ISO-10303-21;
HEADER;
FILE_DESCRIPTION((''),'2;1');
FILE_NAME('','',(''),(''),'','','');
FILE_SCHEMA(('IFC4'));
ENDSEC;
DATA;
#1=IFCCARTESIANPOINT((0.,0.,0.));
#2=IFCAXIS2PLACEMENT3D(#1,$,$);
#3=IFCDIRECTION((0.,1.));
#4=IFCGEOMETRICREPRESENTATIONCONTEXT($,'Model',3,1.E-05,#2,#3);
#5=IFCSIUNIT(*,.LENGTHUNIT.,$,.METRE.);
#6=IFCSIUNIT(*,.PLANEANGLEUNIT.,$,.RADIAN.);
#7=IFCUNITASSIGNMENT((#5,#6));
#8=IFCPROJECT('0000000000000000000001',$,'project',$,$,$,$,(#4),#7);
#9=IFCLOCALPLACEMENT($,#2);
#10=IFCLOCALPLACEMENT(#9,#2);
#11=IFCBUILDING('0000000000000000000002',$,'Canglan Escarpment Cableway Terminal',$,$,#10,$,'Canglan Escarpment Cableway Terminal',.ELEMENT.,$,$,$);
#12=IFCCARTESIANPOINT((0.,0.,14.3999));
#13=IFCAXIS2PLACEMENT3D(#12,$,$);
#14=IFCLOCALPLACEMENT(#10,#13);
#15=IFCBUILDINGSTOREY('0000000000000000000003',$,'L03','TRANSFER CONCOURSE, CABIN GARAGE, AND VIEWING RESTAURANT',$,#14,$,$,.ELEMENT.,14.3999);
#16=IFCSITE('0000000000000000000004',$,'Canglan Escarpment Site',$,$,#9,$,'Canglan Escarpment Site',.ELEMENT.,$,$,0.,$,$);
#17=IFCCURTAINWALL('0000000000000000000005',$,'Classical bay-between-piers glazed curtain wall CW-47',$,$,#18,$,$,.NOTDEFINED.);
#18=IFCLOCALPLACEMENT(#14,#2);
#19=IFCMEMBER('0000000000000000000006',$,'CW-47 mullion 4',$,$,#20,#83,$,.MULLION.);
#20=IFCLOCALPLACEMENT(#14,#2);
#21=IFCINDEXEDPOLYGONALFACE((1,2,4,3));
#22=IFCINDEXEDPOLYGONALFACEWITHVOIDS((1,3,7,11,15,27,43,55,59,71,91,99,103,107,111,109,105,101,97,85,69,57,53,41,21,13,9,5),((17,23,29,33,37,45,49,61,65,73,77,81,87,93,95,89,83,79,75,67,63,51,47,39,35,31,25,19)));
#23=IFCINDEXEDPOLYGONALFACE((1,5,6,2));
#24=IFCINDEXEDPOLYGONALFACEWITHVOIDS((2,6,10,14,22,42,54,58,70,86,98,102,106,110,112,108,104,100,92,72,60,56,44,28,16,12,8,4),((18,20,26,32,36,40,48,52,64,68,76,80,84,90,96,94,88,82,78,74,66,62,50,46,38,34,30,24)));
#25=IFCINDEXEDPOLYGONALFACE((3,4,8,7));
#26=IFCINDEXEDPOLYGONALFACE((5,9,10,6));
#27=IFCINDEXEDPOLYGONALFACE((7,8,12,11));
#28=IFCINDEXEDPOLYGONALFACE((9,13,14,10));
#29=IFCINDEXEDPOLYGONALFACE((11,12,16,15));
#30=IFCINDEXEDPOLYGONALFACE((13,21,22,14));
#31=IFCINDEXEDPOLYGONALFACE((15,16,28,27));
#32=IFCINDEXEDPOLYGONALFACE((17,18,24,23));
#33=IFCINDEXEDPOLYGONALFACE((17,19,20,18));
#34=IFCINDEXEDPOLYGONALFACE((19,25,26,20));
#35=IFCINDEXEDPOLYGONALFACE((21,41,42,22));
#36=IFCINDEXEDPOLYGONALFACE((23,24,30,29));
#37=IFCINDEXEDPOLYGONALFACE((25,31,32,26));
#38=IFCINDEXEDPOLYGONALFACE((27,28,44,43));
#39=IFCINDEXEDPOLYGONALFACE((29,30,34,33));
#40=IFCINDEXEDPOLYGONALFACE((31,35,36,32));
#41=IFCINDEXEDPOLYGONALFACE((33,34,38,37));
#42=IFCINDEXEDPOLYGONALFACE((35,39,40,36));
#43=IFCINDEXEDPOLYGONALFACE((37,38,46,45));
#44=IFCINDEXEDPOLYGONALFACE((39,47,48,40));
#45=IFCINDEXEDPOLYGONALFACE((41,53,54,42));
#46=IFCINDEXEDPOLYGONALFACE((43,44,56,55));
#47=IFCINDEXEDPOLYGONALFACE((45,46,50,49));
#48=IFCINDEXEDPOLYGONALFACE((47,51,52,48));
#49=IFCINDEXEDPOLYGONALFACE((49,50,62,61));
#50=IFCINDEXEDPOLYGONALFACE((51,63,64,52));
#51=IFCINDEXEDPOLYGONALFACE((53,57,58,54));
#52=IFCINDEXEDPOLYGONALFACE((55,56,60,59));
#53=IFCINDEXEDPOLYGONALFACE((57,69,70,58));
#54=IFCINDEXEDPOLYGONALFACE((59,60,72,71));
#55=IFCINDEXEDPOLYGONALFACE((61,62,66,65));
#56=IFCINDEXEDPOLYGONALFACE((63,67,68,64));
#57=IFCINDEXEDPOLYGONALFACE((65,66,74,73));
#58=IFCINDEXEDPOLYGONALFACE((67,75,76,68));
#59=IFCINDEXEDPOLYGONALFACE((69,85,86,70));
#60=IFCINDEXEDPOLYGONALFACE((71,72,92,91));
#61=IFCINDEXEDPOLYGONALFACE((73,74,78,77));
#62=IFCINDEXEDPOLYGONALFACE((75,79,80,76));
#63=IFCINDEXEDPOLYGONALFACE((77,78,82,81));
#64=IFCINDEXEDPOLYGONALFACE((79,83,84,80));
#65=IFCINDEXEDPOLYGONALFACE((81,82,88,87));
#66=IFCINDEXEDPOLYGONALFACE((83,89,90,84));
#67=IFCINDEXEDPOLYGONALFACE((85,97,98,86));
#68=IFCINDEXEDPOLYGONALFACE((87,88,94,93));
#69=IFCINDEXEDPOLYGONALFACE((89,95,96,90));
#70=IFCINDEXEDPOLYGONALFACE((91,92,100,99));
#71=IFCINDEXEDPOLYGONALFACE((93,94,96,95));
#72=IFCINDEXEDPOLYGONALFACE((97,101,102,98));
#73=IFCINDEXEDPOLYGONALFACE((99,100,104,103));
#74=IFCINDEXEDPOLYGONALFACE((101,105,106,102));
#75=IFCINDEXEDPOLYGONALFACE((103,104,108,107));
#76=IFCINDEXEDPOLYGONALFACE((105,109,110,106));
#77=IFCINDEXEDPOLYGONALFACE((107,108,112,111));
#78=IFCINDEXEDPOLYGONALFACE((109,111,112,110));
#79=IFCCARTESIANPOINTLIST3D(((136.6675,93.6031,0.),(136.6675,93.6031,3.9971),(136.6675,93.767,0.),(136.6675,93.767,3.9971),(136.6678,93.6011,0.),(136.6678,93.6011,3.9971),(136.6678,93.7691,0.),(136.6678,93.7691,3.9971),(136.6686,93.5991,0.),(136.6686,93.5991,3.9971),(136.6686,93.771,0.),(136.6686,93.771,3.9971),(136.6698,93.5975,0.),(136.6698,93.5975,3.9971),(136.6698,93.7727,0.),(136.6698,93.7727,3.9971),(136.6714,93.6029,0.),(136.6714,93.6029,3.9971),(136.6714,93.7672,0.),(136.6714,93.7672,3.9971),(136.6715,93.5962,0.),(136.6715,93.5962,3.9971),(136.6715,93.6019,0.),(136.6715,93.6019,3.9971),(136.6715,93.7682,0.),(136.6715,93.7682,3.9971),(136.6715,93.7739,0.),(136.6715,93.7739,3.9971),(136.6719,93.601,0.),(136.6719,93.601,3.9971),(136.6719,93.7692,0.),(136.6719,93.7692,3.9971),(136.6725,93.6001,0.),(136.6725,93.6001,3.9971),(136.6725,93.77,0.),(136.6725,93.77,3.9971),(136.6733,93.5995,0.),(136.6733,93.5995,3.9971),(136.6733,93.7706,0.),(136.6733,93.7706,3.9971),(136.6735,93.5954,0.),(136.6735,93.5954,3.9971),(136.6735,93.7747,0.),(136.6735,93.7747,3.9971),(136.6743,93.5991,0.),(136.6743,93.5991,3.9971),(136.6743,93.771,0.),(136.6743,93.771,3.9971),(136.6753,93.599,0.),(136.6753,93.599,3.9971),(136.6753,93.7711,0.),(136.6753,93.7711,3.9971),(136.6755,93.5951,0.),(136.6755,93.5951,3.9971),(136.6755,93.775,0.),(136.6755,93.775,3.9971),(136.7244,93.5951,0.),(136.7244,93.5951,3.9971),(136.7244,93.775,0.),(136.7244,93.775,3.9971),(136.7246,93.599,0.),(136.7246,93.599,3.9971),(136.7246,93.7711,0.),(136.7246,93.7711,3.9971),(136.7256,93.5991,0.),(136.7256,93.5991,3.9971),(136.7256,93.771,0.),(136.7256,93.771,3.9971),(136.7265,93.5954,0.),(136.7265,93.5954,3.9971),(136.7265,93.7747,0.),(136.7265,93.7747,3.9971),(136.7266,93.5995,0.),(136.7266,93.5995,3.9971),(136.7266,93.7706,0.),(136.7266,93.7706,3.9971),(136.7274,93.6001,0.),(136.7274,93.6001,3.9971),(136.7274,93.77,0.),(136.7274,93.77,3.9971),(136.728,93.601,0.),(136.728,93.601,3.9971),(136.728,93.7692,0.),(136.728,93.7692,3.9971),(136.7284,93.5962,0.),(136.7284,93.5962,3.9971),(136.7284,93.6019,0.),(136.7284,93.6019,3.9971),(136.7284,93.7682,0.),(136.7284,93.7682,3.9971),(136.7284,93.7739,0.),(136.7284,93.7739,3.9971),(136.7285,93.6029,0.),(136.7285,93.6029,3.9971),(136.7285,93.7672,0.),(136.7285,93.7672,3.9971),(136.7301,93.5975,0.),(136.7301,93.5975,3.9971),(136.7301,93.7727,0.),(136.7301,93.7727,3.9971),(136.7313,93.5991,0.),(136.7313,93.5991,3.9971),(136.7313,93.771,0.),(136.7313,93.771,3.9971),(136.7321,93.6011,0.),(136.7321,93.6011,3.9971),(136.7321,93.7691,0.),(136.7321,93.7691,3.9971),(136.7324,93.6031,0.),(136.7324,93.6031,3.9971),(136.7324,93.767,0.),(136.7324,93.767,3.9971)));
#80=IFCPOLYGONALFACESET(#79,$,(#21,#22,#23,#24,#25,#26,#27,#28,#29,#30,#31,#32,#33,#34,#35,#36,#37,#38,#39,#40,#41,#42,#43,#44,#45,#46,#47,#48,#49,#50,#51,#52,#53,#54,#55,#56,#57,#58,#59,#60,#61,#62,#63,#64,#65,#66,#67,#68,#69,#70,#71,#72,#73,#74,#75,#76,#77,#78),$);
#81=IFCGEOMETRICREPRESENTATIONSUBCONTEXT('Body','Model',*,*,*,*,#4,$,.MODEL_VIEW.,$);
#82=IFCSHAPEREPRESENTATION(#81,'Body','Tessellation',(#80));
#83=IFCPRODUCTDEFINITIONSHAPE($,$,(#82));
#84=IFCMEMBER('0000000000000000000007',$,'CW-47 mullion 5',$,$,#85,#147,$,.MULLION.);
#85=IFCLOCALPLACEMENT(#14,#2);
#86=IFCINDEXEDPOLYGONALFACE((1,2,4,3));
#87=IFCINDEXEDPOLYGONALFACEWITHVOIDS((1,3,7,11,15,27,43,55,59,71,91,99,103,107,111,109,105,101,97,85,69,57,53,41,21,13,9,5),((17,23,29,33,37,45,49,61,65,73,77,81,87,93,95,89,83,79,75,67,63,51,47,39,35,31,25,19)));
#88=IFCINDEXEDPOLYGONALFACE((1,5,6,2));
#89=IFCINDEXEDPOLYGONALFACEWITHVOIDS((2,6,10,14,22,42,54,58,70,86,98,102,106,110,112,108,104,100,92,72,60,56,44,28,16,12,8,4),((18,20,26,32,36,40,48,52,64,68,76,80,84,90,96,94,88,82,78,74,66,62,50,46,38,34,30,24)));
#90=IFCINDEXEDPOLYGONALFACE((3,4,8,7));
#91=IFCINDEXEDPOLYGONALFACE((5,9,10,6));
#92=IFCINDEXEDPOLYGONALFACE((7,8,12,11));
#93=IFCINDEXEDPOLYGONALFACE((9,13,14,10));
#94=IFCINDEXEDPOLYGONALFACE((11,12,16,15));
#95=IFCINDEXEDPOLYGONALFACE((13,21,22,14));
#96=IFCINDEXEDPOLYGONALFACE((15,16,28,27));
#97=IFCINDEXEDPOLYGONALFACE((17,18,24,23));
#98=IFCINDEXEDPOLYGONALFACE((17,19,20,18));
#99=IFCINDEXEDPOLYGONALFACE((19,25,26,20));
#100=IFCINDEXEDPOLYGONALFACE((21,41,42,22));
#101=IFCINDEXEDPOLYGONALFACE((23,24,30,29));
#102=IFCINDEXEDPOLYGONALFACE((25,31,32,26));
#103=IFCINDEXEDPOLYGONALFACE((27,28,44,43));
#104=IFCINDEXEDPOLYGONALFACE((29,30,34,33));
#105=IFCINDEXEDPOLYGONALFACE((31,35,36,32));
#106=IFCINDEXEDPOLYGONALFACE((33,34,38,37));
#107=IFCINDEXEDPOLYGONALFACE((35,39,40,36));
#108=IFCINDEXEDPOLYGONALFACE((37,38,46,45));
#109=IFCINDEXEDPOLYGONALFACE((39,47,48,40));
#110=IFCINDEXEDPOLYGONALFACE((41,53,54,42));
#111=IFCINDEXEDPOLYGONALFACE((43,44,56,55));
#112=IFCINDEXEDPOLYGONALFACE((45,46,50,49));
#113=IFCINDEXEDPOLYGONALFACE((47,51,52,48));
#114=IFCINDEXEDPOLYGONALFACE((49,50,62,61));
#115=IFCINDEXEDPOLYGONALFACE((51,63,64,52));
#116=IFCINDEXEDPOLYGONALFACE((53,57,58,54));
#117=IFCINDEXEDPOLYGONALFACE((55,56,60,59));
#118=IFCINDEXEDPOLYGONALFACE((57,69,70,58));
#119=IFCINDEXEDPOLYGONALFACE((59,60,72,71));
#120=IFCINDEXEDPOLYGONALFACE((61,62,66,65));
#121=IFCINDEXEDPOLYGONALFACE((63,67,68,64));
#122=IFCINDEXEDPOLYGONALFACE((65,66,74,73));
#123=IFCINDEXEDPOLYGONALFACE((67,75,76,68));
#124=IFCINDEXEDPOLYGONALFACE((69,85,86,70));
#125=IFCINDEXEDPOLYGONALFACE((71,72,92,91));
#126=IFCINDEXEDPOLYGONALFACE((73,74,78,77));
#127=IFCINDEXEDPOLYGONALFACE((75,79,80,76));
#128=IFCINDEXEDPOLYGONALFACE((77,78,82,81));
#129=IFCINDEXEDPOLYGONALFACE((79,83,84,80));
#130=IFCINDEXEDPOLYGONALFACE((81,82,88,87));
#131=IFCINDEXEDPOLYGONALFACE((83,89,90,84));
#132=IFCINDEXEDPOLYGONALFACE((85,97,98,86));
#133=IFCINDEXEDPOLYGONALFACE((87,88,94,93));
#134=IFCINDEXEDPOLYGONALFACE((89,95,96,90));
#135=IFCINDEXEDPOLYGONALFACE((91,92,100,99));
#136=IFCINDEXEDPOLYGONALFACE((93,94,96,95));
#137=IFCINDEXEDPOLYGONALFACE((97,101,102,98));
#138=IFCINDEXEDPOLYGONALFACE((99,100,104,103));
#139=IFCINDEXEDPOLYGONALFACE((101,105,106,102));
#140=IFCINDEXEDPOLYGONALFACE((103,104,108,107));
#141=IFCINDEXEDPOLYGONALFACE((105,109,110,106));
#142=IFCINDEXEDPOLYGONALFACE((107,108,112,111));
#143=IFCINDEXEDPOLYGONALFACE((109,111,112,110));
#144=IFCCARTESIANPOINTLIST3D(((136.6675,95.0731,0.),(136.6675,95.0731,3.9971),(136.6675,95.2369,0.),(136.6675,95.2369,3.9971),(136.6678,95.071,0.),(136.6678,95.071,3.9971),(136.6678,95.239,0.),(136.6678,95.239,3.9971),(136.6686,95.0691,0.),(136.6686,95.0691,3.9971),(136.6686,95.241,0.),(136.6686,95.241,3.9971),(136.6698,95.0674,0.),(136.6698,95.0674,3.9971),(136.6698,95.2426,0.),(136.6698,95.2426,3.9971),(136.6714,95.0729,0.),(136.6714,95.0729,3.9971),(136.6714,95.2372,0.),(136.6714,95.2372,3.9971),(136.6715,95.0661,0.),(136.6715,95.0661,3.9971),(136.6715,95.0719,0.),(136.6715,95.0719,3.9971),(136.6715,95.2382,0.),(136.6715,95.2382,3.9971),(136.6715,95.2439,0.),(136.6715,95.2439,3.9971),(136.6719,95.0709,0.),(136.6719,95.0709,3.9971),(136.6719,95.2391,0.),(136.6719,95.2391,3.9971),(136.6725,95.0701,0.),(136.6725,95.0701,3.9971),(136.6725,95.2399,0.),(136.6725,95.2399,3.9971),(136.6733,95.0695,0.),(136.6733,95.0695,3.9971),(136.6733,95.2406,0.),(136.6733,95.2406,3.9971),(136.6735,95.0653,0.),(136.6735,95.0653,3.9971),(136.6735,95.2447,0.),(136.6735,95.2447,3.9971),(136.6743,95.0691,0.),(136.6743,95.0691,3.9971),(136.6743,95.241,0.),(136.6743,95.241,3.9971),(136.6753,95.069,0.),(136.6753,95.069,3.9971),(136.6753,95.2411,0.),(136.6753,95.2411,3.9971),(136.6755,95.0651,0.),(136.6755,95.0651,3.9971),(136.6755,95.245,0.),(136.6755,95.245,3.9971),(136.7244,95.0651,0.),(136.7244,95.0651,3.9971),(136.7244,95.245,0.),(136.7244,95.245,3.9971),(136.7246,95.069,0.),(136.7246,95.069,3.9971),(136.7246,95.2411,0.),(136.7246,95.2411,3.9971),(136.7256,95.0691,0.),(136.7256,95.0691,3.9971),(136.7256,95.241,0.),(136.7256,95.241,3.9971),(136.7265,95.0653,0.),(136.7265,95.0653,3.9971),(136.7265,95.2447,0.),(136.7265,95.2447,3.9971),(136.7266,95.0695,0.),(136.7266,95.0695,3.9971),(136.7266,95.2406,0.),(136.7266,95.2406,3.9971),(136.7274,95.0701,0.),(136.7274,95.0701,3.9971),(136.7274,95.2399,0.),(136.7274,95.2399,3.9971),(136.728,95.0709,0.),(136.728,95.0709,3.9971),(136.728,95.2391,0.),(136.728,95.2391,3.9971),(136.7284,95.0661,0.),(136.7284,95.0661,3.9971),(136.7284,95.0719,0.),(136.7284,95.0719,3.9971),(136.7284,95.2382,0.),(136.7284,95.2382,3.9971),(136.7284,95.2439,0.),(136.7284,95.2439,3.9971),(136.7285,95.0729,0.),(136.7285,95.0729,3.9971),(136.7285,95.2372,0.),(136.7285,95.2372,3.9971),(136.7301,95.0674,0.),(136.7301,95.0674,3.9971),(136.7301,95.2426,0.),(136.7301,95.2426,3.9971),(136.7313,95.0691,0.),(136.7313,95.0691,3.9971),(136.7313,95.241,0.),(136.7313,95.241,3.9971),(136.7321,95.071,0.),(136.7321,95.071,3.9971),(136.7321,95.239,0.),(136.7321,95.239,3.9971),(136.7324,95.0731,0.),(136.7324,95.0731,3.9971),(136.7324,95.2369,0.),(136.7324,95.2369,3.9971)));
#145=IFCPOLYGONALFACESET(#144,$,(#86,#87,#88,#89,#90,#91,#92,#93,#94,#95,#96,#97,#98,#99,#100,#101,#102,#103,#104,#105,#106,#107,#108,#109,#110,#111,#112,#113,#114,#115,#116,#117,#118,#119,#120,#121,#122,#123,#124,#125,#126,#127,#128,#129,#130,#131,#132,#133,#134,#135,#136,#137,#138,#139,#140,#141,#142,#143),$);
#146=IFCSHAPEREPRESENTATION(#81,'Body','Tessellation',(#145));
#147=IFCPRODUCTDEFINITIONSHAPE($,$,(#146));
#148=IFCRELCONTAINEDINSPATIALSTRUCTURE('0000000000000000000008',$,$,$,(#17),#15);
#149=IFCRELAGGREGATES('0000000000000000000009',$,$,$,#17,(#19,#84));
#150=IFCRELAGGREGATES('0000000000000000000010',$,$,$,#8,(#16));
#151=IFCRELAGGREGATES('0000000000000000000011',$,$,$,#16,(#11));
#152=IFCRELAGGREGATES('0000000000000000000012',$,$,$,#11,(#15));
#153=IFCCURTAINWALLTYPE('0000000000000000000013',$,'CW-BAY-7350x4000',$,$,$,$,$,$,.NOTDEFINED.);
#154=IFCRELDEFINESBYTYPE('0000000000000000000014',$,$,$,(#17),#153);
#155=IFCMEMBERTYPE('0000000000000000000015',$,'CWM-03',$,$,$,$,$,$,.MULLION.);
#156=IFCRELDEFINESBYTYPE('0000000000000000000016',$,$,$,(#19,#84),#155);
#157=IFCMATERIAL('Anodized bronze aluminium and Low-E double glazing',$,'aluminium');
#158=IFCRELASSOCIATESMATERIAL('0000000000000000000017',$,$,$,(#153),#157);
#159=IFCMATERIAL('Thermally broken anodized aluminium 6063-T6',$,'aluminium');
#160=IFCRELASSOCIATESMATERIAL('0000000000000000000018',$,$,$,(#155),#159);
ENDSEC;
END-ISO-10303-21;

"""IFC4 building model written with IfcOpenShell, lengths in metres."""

from ifc_helpers import new_model, si_unit, direction, frame, origin, origin_2d, place, context, subcontext, project, spatial, hollow_rectangle, extrude, material, material_profile, profile_set, type_object, element, aggregate, save


model = new_model("IFC4")

# Units and contexts
model_context = context("Model", 3, precision=1e-05, world=origin(), true_north=direction((0.0, 1.0)))
body_context = subcontext(model_context, "Body", "Model", "MODEL_VIEW")
ifc_project = project(units=[si_unit("LENGTHUNIT", "METRE"), si_unit("PLANEANGLEUNIT", "RADIAN")], contexts=[model_context])

# Site, building, storey
site_placement = place(None, origin())
site = spatial("IfcSite", under=ifc_project, at=site_placement, Name="Canglan Escarpment Site", LongName="Canglan Escarpment Site", CompositionType="ELEMENT", RefElevation=0.0)
building_placement = place(site_placement, origin())
building = spatial("IfcBuilding", under=site, at=building_placement, Name="Canglan Escarpment Cableway Terminal", LongName="Canglan Escarpment Cableway Terminal", CompositionType="ELEMENT")
storey_placement = place(building_placement, frame((0.0, 0.0, 14.3999)))
storey = spatial("IfcBuildingStorey", under=building, at=storey_placement, Name="L03", Description="TRANSFER CONCOURSE, CABIN GARAGE, AND VIEWING RESTAURANT", CompositionType="ELEMENT", Elevation=14.3999)

# Shared definitions
ifc_material_1 = material(Name="Anodized bronze aluminium and Low-E double glazing", Category="aluminium")
ifc_material_2 = material(Name="Thermally broken anodized aluminium 6063-T6", Category="aluminium")

# Curtain wall, members
curtain_wall_type_1 = type_object("IfcCurtainWallType", Name="CW-BAY-7350x4000", PredefinedType="NOTDEFINED", material=ifc_material_1)
curtain_wall_1_placement = place(storey_placement, origin())
curtain_wall_1 = element("IfcCurtainWall", 1, at=curtain_wall_1_placement, inside=storey, type_object=curtain_wall_type_1, Name="Classical bay-between-piers glazed curtain wall CW-47", PredefinedType="NOTDEFINED")
ifc_material_profile_1 = material_profile(ifc_material_2, hollow_rectangle(XDim=0.0649, YDim=0.1799, WallThickness=0.0039, InnerFilletRadius=0.0039, OuterFilletRadius=0.0081, at=origin_2d()), Name="ALU-MULL 65x180x4")
ifc_profile_set_1 = profile_set([ifc_material_profile_1], Name="Thermally broken anodized aluminium 6063-T6")
member_type_1 = type_object("IfcMemberType", Name="CWM-03", PredefinedType="MULLION", material=ifc_profile_set_1)
member_1_placement = place(storey_placement, frame((136.7, 93.6851, 0.0), z_axis=(0.0, 0.0, 1.0), x_axis=(-1.0, 0.0, 0.0)))
member_1 = element("IfcMember", 2, at=member_1_placement, type_object=member_type_1, Name="CW-47 mullion 4", PredefinedType="MULLION", context=body_context, shape_type="SweptSolid", body=[
    extrude(hollow_rectangle(XDim=0.0649, YDim=0.1799, WallThickness=0.0039, InnerFilletRadius=0.0039, OuterFilletRadius=0.0081, at=origin_2d()), origin(), (0.0, 0.0, 1.0), 3.9971),
])
member_2_placement = place(storey_placement, frame((136.7, 95.155, 0.0), z_axis=(0.0, 0.0, 1.0), x_axis=(-1.0, 0.0, 0.0)))
member_2 = element("IfcMember", 3, at=member_2_placement, type_object=member_type_1, Name="CW-47 mullion 5", PredefinedType="MULLION", context=body_context, shape_type="SweptSolid", body=[
    extrude(hollow_rectangle(XDim=0.0649, YDim=0.1799, WallThickness=0.0039, InnerFilletRadius=0.0039, OuterFilletRadius=0.0081, at=origin_2d()), origin(), (0.0, 0.0, 1.0), 3.9971),
])

aggregate(curtain_wall_1, [member_1, member_2])

save(model, "model.ifc")
